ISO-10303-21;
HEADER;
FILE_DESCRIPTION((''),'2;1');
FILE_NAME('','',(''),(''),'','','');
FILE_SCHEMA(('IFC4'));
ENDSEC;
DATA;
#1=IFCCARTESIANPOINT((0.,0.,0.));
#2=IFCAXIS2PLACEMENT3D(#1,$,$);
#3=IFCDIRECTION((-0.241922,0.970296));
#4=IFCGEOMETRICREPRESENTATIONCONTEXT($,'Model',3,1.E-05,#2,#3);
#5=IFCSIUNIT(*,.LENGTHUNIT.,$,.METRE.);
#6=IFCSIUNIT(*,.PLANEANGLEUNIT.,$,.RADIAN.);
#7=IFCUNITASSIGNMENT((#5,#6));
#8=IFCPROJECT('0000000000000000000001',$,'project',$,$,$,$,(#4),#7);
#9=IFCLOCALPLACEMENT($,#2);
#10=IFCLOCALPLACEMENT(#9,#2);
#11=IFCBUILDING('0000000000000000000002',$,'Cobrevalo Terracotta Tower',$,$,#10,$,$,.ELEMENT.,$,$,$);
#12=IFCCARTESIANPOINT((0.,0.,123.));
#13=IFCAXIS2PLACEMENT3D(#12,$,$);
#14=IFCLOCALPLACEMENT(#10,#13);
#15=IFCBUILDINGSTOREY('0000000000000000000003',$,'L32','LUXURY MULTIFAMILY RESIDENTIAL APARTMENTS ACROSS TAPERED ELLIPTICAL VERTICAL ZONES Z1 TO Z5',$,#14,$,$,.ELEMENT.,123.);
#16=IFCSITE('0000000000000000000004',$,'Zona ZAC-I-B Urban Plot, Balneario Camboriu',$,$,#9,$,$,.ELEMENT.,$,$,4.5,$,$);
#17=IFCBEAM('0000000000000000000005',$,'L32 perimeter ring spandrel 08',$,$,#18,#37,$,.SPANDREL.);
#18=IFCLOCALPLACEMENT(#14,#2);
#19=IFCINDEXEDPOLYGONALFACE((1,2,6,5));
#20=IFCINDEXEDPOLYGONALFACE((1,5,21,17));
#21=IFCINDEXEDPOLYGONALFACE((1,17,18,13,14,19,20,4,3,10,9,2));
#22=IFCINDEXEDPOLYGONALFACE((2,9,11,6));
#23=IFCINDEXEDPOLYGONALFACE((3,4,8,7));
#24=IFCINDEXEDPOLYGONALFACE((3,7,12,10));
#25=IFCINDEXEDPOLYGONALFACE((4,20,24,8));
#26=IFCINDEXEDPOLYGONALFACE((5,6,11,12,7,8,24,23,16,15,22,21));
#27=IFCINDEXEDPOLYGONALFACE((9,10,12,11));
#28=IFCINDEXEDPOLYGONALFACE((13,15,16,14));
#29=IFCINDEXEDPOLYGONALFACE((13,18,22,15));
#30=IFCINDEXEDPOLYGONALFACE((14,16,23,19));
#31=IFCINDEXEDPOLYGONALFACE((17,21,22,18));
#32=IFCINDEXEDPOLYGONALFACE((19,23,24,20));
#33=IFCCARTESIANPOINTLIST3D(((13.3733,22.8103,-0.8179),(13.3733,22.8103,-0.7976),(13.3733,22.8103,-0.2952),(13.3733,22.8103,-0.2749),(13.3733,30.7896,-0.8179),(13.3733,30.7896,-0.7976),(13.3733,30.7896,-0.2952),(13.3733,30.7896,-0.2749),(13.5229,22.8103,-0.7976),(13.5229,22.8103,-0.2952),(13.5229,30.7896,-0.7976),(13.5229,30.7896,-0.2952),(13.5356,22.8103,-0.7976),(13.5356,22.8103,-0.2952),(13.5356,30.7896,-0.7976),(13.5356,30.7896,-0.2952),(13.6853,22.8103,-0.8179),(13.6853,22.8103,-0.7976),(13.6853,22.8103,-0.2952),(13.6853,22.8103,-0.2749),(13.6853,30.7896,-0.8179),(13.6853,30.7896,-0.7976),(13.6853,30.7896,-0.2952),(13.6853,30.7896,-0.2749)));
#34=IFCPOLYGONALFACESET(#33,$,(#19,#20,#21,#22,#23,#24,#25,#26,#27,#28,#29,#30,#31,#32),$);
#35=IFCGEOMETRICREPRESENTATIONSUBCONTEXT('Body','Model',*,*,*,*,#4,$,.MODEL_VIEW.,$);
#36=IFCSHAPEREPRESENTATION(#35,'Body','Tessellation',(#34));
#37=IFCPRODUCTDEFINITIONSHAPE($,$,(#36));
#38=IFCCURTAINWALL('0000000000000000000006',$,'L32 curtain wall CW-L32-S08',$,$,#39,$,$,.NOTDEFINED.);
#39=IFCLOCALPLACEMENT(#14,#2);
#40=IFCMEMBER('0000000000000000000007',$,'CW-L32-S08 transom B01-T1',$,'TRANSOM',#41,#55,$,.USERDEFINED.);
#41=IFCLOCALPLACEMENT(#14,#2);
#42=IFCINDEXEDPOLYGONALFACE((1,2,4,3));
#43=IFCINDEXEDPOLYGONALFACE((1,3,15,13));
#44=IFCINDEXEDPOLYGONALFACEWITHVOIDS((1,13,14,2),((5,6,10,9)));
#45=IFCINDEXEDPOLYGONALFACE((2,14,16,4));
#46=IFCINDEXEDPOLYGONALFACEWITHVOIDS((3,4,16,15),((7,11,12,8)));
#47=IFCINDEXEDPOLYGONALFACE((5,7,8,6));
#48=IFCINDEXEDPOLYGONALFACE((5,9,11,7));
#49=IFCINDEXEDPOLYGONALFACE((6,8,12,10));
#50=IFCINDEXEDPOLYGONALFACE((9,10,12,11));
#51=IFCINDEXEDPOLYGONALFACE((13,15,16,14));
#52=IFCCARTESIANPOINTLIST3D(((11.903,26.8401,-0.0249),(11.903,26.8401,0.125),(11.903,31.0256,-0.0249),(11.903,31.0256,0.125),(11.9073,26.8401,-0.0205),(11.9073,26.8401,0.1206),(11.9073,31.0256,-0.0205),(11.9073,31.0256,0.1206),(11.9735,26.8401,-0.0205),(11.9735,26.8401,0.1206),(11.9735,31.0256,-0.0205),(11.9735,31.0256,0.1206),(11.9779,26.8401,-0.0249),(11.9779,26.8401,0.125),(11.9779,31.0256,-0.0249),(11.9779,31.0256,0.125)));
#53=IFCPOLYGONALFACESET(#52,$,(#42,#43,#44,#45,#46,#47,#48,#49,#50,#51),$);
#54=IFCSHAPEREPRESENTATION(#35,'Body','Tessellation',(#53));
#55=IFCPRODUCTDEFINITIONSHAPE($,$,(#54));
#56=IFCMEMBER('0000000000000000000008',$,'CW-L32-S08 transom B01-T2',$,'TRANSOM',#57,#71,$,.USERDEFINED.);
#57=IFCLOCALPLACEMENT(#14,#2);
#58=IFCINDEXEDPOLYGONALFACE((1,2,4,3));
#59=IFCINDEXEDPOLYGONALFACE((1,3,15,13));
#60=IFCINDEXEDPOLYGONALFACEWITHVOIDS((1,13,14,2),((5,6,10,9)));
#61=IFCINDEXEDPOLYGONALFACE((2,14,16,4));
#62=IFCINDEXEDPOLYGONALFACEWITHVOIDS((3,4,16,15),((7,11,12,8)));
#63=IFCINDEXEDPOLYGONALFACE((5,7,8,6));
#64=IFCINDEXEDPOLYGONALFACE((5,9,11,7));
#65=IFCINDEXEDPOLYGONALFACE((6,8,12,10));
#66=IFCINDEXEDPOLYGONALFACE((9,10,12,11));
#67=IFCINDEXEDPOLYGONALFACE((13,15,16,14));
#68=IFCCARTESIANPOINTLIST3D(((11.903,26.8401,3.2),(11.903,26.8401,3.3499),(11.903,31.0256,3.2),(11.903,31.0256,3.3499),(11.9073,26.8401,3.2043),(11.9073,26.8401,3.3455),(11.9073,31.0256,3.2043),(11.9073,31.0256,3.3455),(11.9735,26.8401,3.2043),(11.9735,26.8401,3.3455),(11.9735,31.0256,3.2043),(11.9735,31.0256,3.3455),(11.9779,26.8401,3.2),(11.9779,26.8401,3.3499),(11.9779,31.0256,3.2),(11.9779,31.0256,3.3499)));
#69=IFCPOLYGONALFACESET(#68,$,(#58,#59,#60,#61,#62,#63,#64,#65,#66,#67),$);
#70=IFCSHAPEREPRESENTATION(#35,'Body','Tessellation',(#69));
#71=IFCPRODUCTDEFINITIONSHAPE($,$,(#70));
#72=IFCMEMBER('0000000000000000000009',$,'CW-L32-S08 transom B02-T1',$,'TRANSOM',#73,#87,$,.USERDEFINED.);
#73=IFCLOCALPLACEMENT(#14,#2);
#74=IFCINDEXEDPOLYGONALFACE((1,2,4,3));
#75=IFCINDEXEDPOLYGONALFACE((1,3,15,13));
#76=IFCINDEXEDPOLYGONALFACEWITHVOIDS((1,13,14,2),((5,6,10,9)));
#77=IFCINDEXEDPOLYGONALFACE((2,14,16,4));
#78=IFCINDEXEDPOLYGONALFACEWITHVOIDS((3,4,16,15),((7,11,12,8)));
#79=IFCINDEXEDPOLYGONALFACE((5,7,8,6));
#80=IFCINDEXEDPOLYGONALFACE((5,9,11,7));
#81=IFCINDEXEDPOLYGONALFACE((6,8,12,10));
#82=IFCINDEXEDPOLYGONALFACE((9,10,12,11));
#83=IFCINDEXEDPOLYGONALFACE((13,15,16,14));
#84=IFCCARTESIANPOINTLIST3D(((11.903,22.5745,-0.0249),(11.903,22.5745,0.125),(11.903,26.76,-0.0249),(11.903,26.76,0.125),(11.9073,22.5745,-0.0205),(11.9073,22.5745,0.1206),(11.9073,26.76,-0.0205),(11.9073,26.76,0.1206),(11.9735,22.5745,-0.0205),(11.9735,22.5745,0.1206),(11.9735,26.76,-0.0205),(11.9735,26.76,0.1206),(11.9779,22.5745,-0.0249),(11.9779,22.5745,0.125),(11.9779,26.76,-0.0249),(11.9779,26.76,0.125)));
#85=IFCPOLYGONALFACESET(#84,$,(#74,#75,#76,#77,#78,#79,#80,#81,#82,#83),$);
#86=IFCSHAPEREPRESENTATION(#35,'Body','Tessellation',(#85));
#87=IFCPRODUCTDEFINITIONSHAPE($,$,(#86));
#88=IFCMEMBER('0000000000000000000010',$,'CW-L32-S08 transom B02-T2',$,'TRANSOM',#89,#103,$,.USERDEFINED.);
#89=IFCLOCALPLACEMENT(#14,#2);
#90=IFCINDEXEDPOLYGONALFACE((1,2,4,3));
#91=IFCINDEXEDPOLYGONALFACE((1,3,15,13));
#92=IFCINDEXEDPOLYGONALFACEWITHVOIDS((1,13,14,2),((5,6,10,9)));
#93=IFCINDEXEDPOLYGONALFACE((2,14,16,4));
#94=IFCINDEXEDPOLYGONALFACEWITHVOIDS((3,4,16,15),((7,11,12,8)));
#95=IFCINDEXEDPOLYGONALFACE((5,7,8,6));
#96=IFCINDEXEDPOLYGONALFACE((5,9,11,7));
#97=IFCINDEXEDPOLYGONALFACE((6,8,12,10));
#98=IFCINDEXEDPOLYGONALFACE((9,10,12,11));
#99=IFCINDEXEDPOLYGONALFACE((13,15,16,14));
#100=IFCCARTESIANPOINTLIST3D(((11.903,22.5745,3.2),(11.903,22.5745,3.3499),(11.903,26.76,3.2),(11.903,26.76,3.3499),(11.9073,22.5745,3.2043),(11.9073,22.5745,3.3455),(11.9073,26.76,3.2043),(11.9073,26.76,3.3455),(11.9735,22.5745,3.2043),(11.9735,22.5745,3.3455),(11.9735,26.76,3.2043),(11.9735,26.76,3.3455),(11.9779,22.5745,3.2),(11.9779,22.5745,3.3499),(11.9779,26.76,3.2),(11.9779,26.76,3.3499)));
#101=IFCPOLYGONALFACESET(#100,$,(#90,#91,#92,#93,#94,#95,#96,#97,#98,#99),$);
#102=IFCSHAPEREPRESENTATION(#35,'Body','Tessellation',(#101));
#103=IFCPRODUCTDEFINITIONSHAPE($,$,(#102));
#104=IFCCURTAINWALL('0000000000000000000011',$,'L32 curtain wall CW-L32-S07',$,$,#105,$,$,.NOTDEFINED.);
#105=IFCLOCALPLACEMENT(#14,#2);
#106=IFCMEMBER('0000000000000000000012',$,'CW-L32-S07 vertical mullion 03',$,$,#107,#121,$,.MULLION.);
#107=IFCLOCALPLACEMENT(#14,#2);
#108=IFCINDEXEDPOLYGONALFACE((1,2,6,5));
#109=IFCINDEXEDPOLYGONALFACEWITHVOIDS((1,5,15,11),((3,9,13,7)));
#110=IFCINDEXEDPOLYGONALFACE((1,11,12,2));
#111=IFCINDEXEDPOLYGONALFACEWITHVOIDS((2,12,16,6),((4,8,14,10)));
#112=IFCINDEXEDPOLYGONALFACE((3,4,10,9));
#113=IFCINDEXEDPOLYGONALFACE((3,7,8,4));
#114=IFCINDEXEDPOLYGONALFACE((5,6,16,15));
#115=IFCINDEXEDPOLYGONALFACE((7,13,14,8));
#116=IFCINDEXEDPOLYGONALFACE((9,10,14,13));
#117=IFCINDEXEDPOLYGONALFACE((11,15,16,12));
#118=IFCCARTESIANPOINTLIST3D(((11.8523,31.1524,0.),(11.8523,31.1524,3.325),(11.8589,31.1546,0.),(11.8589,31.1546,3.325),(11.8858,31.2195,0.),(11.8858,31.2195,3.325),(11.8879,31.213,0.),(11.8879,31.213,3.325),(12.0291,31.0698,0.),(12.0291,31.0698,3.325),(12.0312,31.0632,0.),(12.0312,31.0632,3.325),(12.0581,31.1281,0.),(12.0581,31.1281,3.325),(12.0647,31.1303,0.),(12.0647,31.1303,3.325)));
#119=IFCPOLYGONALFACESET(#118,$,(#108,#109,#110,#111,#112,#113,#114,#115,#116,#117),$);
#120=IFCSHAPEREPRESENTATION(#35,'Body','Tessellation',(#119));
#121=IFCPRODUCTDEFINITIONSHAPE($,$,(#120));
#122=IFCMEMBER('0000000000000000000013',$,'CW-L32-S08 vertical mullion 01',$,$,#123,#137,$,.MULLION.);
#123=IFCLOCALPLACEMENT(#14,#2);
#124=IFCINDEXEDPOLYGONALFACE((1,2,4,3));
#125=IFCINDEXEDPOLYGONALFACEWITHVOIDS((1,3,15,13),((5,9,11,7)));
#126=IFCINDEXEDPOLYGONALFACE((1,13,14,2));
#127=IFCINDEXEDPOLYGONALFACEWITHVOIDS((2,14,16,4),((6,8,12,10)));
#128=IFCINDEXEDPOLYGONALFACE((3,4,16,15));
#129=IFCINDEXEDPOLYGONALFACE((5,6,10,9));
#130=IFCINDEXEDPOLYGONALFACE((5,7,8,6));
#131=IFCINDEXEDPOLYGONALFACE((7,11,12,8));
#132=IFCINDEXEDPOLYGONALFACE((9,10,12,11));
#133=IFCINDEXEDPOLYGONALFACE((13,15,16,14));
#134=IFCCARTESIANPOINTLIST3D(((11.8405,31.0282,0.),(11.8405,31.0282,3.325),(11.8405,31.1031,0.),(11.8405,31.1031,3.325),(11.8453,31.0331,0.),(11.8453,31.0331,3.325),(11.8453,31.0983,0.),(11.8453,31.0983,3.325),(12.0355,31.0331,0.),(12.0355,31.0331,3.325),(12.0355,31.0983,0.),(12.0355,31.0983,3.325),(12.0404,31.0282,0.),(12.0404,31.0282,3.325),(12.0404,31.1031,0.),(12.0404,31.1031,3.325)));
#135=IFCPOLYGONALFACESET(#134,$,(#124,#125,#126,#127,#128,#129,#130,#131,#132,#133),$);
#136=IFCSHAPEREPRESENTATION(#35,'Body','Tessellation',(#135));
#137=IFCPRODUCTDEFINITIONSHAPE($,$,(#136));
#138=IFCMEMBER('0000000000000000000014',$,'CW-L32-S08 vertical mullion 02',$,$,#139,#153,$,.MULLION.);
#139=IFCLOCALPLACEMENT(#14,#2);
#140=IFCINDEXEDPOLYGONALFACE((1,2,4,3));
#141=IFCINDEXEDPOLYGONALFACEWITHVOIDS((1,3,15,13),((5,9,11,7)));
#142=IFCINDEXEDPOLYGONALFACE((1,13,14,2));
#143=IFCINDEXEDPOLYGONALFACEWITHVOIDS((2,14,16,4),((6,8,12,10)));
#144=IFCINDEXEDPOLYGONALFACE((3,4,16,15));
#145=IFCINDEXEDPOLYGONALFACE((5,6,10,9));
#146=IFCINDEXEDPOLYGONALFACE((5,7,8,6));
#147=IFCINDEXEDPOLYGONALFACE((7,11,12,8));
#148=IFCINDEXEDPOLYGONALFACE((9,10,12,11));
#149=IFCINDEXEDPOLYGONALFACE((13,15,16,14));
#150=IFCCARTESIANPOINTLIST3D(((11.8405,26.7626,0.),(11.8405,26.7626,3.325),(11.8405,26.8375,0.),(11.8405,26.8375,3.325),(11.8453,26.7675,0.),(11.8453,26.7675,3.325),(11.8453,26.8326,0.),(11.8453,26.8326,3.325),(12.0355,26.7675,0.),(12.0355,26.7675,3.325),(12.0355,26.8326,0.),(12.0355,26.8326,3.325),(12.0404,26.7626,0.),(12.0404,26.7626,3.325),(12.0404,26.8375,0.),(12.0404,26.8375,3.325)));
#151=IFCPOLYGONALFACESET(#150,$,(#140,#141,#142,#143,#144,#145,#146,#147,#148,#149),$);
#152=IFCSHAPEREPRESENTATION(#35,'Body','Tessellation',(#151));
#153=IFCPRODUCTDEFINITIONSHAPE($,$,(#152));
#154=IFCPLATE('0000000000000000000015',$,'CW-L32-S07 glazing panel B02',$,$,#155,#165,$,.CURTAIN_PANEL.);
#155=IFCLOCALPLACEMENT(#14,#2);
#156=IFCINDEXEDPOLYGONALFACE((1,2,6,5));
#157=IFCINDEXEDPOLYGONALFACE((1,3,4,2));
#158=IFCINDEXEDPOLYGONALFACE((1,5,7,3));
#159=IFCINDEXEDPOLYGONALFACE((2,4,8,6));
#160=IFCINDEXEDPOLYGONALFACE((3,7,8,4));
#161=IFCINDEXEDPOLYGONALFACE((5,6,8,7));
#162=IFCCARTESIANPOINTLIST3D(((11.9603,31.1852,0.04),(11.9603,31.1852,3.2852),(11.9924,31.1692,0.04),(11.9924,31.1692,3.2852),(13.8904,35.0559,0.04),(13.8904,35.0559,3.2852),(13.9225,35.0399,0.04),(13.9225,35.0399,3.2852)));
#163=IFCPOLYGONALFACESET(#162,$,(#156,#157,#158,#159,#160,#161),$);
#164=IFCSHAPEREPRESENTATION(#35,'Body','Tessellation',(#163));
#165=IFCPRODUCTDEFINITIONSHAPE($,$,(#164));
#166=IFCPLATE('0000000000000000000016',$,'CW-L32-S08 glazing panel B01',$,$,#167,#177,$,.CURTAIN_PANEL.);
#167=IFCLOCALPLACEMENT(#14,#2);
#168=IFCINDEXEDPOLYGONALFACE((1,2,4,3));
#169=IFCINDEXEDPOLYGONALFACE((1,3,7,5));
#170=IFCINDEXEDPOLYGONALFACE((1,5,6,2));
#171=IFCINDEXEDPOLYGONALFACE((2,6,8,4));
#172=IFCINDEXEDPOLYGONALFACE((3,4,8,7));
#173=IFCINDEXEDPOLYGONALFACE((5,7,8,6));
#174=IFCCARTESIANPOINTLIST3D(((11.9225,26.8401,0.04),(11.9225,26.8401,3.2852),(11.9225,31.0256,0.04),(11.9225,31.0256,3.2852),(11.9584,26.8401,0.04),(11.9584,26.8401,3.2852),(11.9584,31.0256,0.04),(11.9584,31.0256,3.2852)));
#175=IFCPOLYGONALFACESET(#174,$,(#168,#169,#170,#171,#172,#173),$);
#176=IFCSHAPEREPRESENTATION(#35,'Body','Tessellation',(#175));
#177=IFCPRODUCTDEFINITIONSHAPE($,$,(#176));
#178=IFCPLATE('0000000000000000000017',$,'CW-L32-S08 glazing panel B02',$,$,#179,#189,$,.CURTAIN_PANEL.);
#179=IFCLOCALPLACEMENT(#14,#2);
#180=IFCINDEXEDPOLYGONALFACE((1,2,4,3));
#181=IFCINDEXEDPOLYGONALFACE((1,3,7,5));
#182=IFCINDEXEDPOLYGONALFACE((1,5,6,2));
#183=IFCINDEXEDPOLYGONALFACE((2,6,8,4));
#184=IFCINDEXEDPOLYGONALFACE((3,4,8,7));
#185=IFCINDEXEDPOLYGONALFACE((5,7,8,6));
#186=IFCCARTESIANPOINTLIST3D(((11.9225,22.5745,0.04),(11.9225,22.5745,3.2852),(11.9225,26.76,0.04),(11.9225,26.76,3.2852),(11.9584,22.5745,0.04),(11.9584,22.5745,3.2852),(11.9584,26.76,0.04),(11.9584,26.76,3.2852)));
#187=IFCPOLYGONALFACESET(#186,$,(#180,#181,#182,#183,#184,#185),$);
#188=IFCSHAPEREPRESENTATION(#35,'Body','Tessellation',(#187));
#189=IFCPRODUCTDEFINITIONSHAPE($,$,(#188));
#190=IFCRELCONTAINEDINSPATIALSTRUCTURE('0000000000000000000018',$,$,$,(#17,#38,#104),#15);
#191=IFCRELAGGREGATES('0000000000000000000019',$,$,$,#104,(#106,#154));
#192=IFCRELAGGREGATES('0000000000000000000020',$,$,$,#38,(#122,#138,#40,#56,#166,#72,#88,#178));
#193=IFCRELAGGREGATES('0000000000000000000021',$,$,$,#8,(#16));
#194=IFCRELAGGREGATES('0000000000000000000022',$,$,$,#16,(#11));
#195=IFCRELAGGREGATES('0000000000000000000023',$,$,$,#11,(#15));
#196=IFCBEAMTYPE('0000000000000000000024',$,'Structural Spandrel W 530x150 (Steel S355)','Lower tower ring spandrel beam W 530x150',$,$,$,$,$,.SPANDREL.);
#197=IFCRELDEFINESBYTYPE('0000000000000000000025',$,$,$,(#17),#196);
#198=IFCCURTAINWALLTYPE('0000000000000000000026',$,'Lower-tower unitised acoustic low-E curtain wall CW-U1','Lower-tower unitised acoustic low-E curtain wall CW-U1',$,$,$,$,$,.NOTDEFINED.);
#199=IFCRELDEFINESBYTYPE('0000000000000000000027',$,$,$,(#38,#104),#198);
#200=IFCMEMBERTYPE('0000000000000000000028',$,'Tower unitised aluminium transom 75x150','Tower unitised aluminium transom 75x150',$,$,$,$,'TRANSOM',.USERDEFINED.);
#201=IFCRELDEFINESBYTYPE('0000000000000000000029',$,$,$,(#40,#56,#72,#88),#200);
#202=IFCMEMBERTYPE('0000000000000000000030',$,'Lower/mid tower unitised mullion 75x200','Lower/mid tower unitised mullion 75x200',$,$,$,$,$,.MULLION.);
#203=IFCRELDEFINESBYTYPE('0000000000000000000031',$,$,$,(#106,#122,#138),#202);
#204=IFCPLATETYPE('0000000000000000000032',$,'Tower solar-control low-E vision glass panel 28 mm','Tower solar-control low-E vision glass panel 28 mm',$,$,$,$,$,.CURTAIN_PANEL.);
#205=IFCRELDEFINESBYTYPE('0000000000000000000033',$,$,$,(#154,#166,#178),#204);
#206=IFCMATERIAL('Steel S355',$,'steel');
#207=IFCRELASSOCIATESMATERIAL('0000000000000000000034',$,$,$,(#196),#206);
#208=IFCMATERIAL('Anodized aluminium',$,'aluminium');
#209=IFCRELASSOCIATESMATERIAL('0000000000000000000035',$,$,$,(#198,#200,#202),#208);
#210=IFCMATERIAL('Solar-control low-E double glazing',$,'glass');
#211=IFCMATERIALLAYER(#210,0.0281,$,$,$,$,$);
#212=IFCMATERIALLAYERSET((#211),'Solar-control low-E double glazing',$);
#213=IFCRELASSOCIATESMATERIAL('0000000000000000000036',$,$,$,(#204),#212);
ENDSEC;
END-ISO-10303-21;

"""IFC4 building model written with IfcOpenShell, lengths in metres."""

from ifc_helpers import new_model, si_unit, direction, frame, origin, origin_2d, place, context, subcontext, project, spatial, rectangle, hollow_rectangle, i_section, extrude, source, transform, mapped, material, layer, layer_set, material_profile, profile_set, type_object, element, aggregate, save


model = new_model("IFC4")

# Units and contexts
model_context = context("Model", 3, precision=1e-05, world=origin(), true_north=direction((-0.241922, 0.970296)))
body_context = subcontext(model_context, "Body", "Model", "MODEL_VIEW")
ifc_project = project(units=[si_unit("LENGTHUNIT", "METRE"), si_unit("PLANEANGLEUNIT", "RADIAN")], contexts=[model_context])

# Site, building, storey
site_placement = place(None, origin())
site = spatial("IfcSite", under=ifc_project, at=site_placement, Name="Zona ZAC-I-B Urban Plot, Balneario Camboriu", CompositionType="ELEMENT", RefElevation=4.5)
building_placement = place(site_placement, origin())
building = spatial("IfcBuilding", under=site, at=building_placement, Name="Cobrevalo Terracotta Tower", CompositionType="ELEMENT")
storey_placement = place(building_placement, frame((0.0, 0.0, 123.0)))
storey = spatial("IfcBuildingStorey", under=building, at=storey_placement, Name="L32", Description="LUXURY MULTIFAMILY RESIDENTIAL APARTMENTS ACROSS TAPERED ELLIPTICAL VERTICAL ZONES Z1 TO Z5", CompositionType="ELEMENT", Elevation=123.0)

# Shared definitions
ifc_material_1 = material(Name="Steel S355", Category="steel")

# Beam
ifc_material_profile_1 = material_profile(ifc_material_1, i_section(OverallWidth=0.312, OverallDepth=0.543, WebThickness=0.0127, FlangeThickness=0.0203, at=origin_2d()), Name="W 530x150")
ifc_profile_set_1 = profile_set([ifc_material_profile_1], Name="Steel S355")
beam_type_1 = type_object("IfcBeamType", Name="Structural Spandrel W 530x150 (Steel S355)", Description="Lower tower ring spandrel beam W 530x150", PredefinedType="SPANDREL", material=ifc_profile_set_1)
beam_1_placement = place(storey_placement, frame((13.5293, 30.7896, -0.5464), z_axis=(0.0, -1.0, 0.0), x_axis=(1.0, 0.0, 0.0)))
element("IfcBeam", 1, at=beam_1_placement, inside=storey, type_object=beam_type_1, Name="L32 perimeter ring spandrel 08", PredefinedType="SPANDREL", context=body_context, shape_type="SweptSolid", body=[
    extrude(i_section(OverallWidth=0.312, OverallDepth=0.543, WebThickness=0.0127, FlangeThickness=0.0203, at=origin_2d()), origin(), (0.0, 0.0, 1.0), 7.9792),
])

# Curtain wall, members
ifc_material_2 = material(Name="Anodized aluminium", Category="aluminium")
curtain_wall_type = type_object("IfcCurtainWallType", Name="Lower-tower unitised acoustic low-E curtain wall CW-U1", Description="Lower-tower unitised acoustic low-E curtain wall CW-U1", PredefinedType="NOTDEFINED", material=ifc_material_2)
curtain_wall_1_placement = place(storey_placement, origin())
curtain_wall_1 = element("IfcCurtainWall", 2, at=curtain_wall_1_placement, inside=storey, type_object=curtain_wall_type, Name="L32 curtain wall CW-L32-S08", PredefinedType="NOTDEFINED")
ifc_material_profile_2 = material_profile(ifc_material_2, hollow_rectangle(XDim=0.075, YDim=0.1499, WallThickness=0.0044, at=origin_2d()), Name="CWT 75x150")
ifc_profile_set_2 = profile_set([ifc_material_profile_2], Name="Anodized aluminium")
member_type_1 = type_object("IfcMemberType", Name="Tower unitised aluminium transom 75x150", Description="Tower unitised aluminium transom 75x150", ElementType="TRANSOM", PredefinedType="USERDEFINED", material=ifc_profile_set_2)
shared_shape_1 = source(origin(), body_context, "Body", "SweptSolid", [
    extrude(hollow_rectangle(XDim=0.075, YDim=0.1499, WallThickness=0.0044, at=origin_2d()), origin(), (0.0, 0.0, 1.0), 4.1855),
])
member_1_placement = place(storey_placement, frame((11.9404, 31.0256, 0.05), z_axis=(0.0, -1.0, 0.0), x_axis=(1.0, 0.0, 0.0)))
member_1 = element("IfcMember", 3, at=member_1_placement, type_object=member_type_1, Name="CW-L32-S08 transom B01-T1", ObjectType="TRANSOM", PredefinedType="USERDEFINED", context=body_context, shape_type="MappedRepresentation", body=[
    mapped(shared_shape_1, transform((0.0, 0.0, 0.0), scale=1.0)),
])
member_2_placement = place(storey_placement, frame((11.9404, 31.0256, 3.2749), z_axis=(0.0, -1.0, 0.0), x_axis=(1.0, 0.0, 0.0)))
member_2 = element("IfcMember", 4, at=member_2_placement, type_object=member_type_1, Name="CW-L32-S08 transom B01-T2", ObjectType="TRANSOM", PredefinedType="USERDEFINED", context=body_context, shape_type="MappedRepresentation", body=[
    mapped(shared_shape_1, transform((0.0, 0.0, 0.0), scale=1.0)),
])
member_3_placement = place(storey_placement, frame((11.9404, 26.76, 0.05), z_axis=(0.0, -1.0, 0.0), x_axis=(1.0, 0.0, 0.0)))
member_3 = element("IfcMember", 5, at=member_3_placement, type_object=member_type_1, Name="CW-L32-S08 transom B02-T1", ObjectType="TRANSOM", PredefinedType="USERDEFINED", context=body_context, shape_type="MappedRepresentation", body=[
    mapped(shared_shape_1, transform((0.0, 0.0, 0.0), scale=1.0)),
])
member_4_placement = place(storey_placement, frame((11.9404, 26.76, 3.2749), z_axis=(0.0, -1.0, 0.0), x_axis=(1.0, 0.0, 0.0)))
member_4 = element("IfcMember", 6, at=member_4_placement, type_object=member_type_1, Name="CW-L32-S08 transom B02-T2", ObjectType="TRANSOM", PredefinedType="USERDEFINED", context=body_context, shape_type="MappedRepresentation", body=[
    mapped(shared_shape_1, transform((0.0, 0.0, 0.0), scale=1.0)),
])

# Curtain wall, member
curtain_wall_2_placement = place(storey_placement, origin())
curtain_wall_2 = element("IfcCurtainWall", 7, at=curtain_wall_2_placement, inside=storey, type_object=curtain_wall_type, Name="L32 curtain wall CW-L32-S07", PredefinedType="NOTDEFINED")
ifc_material_profile_3 = material_profile(ifc_material_2, hollow_rectangle(XDim=0.075, YDim=0.2, WallThickness=0.0049, at=origin_2d()), Name="CWM 75x200")
ifc_profile_set_3 = profile_set([ifc_material_profile_3], Name="Anodized aluminium")
member_type_2 = type_object("IfcMemberType", Name="Lower/mid tower unitised mullion 75x200", Description="Lower/mid tower unitised mullion 75x200", PredefinedType="MULLION", material=ifc_profile_set_3)
shared_shape_2 = source(origin(), body_context, "Body", "SweptSolid", [
    extrude(hollow_rectangle(XDim=0.075, YDim=0.2, WallThickness=0.0049, at=origin_2d()), origin(), (0.0, 0.0, 1.0), 3.325),
])
member_5_placement = place(storey_placement, frame((11.9585, 31.1414, 0.0), z_axis=(0.0, 0.0, 1.0), x_axis=(-0.44626, -0.894903, 0.0)))
member_5 = element("IfcMember", 8, at=member_5_placement, type_object=member_type_2, Name="CW-L32-S07 vertical mullion 03", PredefinedType="MULLION", context=body_context, shape_type="MappedRepresentation", body=[
    mapped(shared_shape_2, transform((0.0, 0.0, 0.0), scale=1.0)),
])

# Members
member_6_placement = place(storey_placement, frame((11.9404, 31.0657, 0.0), z_axis=(0.0, 0.0, 1.0), x_axis=(0.0, -1.0, 0.0)))
member_6 = element("IfcMember", 9, at=member_6_placement, type_object=member_type_2, Name="CW-L32-S08 vertical mullion 01", PredefinedType="MULLION", context=body_context, shape_type="MappedRepresentation", body=[
    mapped(shared_shape_2, transform((0.0, 0.0, 0.0), scale=1.0)),
])
member_7_placement = place(storey_placement, frame((11.9404, 26.8, 0.0), z_axis=(0.0, 0.0, 1.0), x_axis=(0.0, -1.0, 0.0)))
member_7 = element("IfcMember", 10, at=member_7_placement, type_object=member_type_2, Name="CW-L32-S08 vertical mullion 02", PredefinedType="MULLION", context=body_context, shape_type="MappedRepresentation", body=[
    mapped(shared_shape_2, transform((0.0, 0.0, 0.0), scale=1.0)),
])

# Plates
ifc_material_3 = material(Name="Solar-control low-E double glazing", Category="glass")
ifc_layer_1 = layer(ifc_material_3, 0.0281)
ifc_layer_set_1 = layer_set([ifc_layer_1], Name="Solar-control low-E double glazing")
plate_type = type_object("IfcPlateType", Name="Tower solar-control low-E vision glass panel 28 mm", Description="Tower solar-control low-E vision glass panel 28 mm", PredefinedType="CURTAIN_PANEL", material=ifc_layer_set_1)
shared_shape_3 = source(origin(), body_context, "Body", "SweptSolid", [
    extrude(rectangle(XDim=4.3252, YDim=0.0359, at=origin_2d()), origin(), (0.0, 0.0, 1.0), 3.2451),
])
plate_1_placement = place(storey_placement, frame((12.9414, 33.1125, 0.04), z_axis=(0.0, 0.0, 1.0), x_axis=(-0.446262, -0.894902, 0.0)))
plate_1 = element("IfcPlate", 11, at=plate_1_placement, type_object=plate_type, Name="CW-L32-S07 glazing panel B02", PredefinedType="CURTAIN_PANEL", context=body_context, shape_type="MappedRepresentation", body=[
    mapped(shared_shape_3, transform((0.0, 0.0, 0.0), scale=1.0)),
])
aggregate(curtain_wall_2, [member_5, plate_1])
shared_shape_4 = source(origin(), body_context, "Body", "SweptSolid", [
    extrude(rectangle(XDim=4.1855, YDim=0.0359, at=origin_2d()), origin(), (0.0, 0.0, 1.0), 3.2451),
])
plate_2_placement = place(storey_placement, frame((11.9404, 28.9329, 0.04), z_axis=(0.0, 0.0, 1.0), x_axis=(0.0, -1.0, 0.0)))
plate_2 = element("IfcPlate", 12, at=plate_2_placement, type_object=plate_type, Name="CW-L32-S08 glazing panel B01", PredefinedType="CURTAIN_PANEL", context=body_context, shape_type="MappedRepresentation", body=[
    mapped(shared_shape_4, transform((0.0, 0.0, 0.0), scale=1.0)),
])
plate_3_placement = place(storey_placement, frame((11.9404, 24.6672, 0.04), z_axis=(0.0, 0.0, 1.0), x_axis=(0.0, -1.0, 0.0)))
plate_3 = element("IfcPlate", 13, at=plate_3_placement, type_object=plate_type, Name="CW-L32-S08 glazing panel B02", PredefinedType="CURTAIN_PANEL", context=body_context, shape_type="MappedRepresentation", body=[
    mapped(shared_shape_4, transform((0.0, 0.0, 0.0), scale=1.0)),
])
aggregate(curtain_wall_1, [member_6, member_7, member_1, member_2, plate_2, member_3, member_4, plate_3])

save(model, "model.ifc")
